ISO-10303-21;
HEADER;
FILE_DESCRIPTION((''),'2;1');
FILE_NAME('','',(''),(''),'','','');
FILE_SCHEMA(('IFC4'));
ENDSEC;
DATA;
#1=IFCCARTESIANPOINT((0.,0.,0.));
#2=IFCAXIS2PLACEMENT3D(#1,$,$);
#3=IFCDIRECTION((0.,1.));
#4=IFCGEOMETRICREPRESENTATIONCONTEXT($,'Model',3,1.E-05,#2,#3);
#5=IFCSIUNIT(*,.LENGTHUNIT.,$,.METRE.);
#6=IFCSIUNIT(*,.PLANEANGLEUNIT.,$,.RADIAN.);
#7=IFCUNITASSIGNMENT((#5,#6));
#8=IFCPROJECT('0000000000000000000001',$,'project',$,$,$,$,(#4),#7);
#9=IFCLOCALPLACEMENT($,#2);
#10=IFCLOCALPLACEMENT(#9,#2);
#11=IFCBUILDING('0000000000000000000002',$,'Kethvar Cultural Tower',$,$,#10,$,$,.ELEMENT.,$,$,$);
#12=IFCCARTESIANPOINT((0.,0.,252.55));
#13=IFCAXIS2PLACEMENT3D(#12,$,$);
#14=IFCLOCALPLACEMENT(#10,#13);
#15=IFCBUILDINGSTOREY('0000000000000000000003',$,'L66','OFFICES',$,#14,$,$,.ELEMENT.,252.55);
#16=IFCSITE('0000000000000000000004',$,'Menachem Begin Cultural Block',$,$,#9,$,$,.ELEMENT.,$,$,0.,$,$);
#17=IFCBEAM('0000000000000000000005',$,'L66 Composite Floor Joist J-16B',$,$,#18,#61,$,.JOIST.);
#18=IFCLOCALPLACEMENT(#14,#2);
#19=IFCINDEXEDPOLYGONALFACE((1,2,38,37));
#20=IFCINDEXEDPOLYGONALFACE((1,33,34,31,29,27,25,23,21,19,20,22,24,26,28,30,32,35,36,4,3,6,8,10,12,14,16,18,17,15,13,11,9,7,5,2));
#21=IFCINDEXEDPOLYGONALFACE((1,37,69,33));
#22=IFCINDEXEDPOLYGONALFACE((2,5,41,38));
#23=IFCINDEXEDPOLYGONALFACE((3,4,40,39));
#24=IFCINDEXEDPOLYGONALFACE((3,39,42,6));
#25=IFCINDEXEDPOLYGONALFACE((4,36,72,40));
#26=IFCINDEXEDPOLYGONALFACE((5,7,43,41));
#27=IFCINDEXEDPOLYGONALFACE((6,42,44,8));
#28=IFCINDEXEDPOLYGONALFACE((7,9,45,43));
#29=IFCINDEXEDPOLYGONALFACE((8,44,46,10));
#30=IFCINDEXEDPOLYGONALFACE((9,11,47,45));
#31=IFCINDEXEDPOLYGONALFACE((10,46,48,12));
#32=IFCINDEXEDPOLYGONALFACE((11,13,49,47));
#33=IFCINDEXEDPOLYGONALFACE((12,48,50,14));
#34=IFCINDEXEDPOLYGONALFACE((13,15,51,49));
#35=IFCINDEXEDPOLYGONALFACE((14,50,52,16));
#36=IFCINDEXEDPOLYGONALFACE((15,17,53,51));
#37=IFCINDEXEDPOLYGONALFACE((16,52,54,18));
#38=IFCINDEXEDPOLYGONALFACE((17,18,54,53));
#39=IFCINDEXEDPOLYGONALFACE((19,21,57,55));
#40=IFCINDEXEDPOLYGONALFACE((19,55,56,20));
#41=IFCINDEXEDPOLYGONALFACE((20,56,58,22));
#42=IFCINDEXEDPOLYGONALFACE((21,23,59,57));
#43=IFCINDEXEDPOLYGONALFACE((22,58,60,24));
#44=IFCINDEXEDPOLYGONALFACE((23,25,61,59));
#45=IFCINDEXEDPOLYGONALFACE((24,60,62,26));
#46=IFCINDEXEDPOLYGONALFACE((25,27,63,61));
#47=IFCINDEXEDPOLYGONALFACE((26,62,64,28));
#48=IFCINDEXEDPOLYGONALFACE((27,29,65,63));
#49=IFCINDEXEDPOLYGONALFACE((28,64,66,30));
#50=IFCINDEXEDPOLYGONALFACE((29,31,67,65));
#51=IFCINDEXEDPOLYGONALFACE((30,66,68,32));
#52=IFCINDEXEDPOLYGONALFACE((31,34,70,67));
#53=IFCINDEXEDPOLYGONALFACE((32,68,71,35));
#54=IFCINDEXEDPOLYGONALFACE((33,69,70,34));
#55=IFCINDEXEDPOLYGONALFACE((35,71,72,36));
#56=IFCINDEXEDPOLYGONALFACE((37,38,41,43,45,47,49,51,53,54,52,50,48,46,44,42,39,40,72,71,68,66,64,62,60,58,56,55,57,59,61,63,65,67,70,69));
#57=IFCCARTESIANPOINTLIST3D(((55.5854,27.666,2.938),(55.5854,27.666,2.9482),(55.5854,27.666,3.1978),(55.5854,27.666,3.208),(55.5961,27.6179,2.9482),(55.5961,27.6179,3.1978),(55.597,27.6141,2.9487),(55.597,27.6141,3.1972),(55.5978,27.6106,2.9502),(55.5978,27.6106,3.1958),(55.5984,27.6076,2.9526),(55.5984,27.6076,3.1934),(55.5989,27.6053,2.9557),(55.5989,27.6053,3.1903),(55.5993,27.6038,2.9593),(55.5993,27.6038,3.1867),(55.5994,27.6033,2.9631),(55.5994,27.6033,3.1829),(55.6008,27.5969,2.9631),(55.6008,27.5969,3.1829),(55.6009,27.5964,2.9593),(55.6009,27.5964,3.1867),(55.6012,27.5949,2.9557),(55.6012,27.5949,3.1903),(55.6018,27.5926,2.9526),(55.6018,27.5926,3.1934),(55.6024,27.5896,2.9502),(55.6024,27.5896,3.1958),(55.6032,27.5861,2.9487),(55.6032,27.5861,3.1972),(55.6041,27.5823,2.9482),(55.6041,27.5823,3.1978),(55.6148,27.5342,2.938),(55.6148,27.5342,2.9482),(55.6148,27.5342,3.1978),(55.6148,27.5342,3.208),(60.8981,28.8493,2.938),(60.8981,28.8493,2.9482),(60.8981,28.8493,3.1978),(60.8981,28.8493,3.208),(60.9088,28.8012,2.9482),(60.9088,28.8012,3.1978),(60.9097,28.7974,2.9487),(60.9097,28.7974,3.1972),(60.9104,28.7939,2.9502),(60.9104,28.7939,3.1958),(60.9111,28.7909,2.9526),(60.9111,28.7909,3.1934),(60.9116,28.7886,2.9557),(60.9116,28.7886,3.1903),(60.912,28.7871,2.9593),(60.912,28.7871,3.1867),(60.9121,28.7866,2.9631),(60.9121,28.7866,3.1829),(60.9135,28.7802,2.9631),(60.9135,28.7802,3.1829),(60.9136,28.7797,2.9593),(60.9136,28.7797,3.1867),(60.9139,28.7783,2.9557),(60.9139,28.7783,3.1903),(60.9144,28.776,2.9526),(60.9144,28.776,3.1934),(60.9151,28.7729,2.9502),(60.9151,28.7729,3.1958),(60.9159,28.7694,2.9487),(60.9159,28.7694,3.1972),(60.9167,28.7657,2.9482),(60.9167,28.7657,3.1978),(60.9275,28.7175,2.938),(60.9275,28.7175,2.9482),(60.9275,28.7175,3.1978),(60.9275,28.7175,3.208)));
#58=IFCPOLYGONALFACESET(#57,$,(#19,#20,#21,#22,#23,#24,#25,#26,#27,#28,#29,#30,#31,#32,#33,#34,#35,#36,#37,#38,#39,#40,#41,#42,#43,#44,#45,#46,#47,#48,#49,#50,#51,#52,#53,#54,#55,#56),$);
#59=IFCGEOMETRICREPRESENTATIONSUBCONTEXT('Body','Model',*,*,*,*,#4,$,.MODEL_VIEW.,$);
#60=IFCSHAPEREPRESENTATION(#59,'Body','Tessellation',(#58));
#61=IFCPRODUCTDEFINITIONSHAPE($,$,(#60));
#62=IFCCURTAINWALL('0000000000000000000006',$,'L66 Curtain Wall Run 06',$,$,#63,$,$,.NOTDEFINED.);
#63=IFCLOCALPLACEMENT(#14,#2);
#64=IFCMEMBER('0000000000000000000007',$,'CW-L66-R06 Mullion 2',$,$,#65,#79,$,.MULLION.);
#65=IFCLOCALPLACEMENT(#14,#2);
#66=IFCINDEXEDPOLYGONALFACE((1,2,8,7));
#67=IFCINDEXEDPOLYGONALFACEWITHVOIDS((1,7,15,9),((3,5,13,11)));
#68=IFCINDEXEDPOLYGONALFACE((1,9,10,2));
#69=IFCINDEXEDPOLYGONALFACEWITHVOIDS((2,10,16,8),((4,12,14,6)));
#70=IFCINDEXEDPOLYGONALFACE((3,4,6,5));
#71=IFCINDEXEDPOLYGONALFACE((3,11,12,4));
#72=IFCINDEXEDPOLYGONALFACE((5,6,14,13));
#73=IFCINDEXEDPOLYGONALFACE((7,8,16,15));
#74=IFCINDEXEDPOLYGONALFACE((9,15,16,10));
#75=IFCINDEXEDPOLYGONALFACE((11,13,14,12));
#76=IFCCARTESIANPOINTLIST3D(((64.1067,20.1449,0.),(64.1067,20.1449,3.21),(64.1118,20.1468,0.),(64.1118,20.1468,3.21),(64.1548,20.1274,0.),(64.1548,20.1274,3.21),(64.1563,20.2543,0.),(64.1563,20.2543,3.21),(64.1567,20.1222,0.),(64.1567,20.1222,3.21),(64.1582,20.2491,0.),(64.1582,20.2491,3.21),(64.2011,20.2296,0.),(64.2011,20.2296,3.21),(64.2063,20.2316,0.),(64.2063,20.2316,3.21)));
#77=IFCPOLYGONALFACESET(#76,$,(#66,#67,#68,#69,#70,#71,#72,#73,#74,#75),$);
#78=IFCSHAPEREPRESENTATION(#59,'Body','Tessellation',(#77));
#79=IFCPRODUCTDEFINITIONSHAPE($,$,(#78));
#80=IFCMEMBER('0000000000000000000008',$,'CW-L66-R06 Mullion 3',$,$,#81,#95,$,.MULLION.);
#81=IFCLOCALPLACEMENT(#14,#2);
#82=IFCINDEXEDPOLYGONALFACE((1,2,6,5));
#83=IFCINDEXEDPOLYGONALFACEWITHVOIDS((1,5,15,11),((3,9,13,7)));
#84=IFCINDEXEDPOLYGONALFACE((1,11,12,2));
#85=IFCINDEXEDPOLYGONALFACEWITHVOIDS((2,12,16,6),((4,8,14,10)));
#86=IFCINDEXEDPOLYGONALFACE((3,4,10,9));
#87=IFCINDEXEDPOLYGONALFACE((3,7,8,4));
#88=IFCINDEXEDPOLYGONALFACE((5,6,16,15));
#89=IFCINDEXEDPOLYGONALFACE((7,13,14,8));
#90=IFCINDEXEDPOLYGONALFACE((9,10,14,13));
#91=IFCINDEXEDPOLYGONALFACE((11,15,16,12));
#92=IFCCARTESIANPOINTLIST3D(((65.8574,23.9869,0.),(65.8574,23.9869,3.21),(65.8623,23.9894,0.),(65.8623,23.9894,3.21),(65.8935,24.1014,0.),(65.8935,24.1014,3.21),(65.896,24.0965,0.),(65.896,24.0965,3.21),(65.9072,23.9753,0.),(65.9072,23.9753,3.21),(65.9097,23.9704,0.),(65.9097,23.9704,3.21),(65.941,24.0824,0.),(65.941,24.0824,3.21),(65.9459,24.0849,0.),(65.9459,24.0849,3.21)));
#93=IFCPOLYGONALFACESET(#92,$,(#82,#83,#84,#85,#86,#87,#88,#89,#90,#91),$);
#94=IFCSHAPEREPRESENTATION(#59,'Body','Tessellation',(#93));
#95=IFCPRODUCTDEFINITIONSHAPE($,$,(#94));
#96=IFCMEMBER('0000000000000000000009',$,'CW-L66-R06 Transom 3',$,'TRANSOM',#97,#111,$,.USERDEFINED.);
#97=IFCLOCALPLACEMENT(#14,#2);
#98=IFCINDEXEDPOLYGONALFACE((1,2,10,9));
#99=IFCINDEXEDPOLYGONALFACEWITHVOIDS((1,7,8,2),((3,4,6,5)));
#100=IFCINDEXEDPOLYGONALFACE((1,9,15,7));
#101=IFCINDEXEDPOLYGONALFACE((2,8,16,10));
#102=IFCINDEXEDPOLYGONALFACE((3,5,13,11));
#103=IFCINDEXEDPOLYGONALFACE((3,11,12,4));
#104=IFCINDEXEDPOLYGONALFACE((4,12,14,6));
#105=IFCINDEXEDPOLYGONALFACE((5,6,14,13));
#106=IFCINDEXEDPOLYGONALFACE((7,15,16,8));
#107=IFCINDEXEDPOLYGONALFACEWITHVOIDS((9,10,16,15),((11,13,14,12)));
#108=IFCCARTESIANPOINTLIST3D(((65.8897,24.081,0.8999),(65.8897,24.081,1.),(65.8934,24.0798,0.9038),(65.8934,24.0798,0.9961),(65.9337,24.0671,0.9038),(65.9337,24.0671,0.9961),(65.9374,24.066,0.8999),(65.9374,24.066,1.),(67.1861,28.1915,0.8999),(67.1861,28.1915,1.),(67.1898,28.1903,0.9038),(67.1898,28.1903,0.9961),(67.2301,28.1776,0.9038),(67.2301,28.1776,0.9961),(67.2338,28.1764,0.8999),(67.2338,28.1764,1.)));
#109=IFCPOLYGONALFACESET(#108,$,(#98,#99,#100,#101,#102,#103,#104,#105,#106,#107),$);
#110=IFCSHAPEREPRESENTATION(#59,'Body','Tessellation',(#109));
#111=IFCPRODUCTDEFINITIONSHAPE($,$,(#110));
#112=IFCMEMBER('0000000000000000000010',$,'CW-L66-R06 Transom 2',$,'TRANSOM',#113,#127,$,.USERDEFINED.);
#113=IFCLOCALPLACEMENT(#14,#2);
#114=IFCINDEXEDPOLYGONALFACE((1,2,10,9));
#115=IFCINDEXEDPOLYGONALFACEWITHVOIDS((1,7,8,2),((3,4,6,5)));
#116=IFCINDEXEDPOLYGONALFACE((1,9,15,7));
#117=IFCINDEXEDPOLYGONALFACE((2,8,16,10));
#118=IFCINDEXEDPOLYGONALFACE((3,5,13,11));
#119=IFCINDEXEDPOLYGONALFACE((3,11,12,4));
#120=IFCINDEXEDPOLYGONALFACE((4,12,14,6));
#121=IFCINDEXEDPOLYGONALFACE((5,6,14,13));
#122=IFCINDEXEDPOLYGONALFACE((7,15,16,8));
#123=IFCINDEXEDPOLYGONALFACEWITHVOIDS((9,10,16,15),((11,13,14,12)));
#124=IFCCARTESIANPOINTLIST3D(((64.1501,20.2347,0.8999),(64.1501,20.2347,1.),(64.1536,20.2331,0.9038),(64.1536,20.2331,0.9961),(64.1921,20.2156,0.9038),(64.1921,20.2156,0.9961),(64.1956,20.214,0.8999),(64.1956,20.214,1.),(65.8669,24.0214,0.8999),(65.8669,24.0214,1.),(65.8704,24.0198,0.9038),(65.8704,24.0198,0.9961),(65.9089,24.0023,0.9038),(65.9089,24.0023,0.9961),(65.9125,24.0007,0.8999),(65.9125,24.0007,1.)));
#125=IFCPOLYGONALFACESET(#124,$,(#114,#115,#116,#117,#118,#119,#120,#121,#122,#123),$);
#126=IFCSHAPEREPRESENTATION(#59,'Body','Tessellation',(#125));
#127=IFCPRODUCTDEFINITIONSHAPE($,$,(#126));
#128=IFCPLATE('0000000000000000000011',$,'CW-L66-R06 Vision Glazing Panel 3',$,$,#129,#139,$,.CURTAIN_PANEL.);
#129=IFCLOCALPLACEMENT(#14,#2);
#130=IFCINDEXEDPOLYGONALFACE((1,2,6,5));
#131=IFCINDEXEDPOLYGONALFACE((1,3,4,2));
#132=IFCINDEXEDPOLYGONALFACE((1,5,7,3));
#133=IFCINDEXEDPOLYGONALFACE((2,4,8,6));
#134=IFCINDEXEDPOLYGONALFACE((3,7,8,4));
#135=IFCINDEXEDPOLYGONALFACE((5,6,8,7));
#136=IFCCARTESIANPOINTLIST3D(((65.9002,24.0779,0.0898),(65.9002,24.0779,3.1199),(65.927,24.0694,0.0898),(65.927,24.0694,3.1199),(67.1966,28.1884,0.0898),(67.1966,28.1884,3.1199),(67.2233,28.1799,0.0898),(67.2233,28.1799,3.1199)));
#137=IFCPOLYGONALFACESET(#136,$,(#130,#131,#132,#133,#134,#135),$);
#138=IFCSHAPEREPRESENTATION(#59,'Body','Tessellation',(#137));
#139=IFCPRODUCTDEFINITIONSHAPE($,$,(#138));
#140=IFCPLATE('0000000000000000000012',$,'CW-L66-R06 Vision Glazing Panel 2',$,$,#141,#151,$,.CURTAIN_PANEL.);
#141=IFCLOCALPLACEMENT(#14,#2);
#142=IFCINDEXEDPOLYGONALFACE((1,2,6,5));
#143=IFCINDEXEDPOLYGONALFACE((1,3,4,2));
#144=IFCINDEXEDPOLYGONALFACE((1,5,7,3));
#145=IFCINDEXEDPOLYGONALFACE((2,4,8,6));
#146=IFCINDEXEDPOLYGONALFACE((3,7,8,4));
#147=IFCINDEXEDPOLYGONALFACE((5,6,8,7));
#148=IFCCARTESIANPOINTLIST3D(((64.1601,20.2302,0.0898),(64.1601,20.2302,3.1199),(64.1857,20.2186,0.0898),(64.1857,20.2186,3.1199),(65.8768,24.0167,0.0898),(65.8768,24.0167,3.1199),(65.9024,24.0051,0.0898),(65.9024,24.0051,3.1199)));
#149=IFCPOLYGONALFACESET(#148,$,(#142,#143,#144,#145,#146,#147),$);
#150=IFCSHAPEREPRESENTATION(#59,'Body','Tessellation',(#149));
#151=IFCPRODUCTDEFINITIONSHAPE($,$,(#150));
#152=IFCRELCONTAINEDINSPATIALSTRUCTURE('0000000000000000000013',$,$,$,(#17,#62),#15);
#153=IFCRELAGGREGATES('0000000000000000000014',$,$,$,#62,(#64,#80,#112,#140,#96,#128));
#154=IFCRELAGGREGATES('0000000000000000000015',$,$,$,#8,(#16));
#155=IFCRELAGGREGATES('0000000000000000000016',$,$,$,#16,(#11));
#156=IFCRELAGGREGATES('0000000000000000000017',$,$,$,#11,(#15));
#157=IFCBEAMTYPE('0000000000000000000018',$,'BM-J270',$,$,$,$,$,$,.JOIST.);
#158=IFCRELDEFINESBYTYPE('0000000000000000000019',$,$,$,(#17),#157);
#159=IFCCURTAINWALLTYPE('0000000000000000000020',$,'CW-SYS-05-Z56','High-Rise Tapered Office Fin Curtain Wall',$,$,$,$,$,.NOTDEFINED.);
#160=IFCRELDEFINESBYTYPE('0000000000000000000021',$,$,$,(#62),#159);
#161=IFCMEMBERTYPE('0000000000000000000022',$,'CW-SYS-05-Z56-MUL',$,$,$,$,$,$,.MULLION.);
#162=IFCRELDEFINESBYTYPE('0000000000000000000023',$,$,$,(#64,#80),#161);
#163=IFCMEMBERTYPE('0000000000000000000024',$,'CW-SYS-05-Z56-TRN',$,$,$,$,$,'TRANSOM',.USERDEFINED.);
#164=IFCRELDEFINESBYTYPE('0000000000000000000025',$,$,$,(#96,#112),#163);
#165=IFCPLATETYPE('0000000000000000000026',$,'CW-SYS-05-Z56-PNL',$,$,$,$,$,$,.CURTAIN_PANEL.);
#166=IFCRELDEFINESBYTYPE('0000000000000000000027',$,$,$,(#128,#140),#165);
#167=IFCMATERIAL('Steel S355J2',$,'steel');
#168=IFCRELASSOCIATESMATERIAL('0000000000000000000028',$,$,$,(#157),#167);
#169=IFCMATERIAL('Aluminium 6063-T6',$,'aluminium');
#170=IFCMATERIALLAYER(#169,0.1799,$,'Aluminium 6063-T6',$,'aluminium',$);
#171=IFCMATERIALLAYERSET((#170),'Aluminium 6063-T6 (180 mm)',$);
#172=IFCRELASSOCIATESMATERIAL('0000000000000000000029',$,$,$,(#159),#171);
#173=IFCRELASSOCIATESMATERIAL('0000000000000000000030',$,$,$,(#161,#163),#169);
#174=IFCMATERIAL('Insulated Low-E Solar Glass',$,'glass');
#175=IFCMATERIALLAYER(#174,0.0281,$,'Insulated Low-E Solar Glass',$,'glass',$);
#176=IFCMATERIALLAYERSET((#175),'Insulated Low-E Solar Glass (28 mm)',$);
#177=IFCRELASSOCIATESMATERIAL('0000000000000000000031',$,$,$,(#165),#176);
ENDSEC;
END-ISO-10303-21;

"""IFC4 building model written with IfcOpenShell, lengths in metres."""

from ifc_helpers import new_model, si_unit, direction, frame, origin, origin_2d, place, context, subcontext, project, spatial, rectangle, hollow_rectangle, i_section, extrude, source, transform, mapped, material, layer, layer_set, material_profile, profile_set, type_object, element, aggregate, save


model = new_model("IFC4")

# Units and contexts
model_context = context("Model", 3, precision=1e-05, world=origin(), true_north=direction((0.0, 1.0)))
body_context = subcontext(model_context, "Body", "Model", "MODEL_VIEW")
ifc_project = project(units=[si_unit("LENGTHUNIT", "METRE"), si_unit("PLANEANGLEUNIT", "RADIAN")], contexts=[model_context])

# Site, building, storey
site_placement = place(None, origin())
site = spatial("IfcSite", under=ifc_project, at=site_placement, Name="Menachem Begin Cultural Block", CompositionType="ELEMENT", RefElevation=0.0)
building_placement = place(site_placement, origin())
building = spatial("IfcBuilding", under=site, at=building_placement, Name="Kethvar Cultural Tower", CompositionType="ELEMENT")
storey_placement = place(building_placement, frame((0.0, 0.0, 252.55)))
storey = spatial("IfcBuildingStorey", under=building, at=storey_placement, Name="L66", Description="OFFICES", CompositionType="ELEMENT", Elevation=252.55)

# Beam
ifc_material_1 = material(Name="Steel S355J2", Category="steel")
ifc_material_profile_1 = material_profile(ifc_material_1, i_section(OverallWidth=0.135, OverallDepth=0.27, WebThickness=0.0066, FlangeThickness=0.0103, FilletRadius=0.0149, at=origin_2d()), Name="Steel S355J2 — IPE270")
ifc_profile_set_1 = profile_set([ifc_material_profile_1], Name="Steel S355J2 — IPE270")
beam_type_1 = type_object("IfcBeamType", Name="BM-J270", PredefinedType="JOIST", material=ifc_profile_set_1)
shared_shape_1 = source(origin(), body_context, "Body", "SweptSolid", [
    extrude(i_section(OverallWidth=0.135, OverallDepth=0.27, WebThickness=0.0066, FlangeThickness=0.0103, FilletRadius=0.0149, at=origin_2d()), origin(), (0.0, 0.0, 1.0), 5.4429),
])
beam_1_placement = place(storey_placement, frame((55.6001, 27.6001, 3.073), z_axis=(0.97608, 0.21741, 0.0), x_axis=(-0.21741, 0.97608, 0.0)))
element("IfcBeam", 1, at=beam_1_placement, inside=storey, type_object=beam_type_1, Name="L66 Composite Floor Joist J-16B", PredefinedType="JOIST", context=body_context, shape_type="MappedRepresentation", body=[
    mapped(shared_shape_1, transform((0.0, 0.0, 0.0), scale=1.0)),
])

# Curtain wall, members, plates
ifc_material_2 = material(Name="Aluminium 6063-T6", Category="aluminium")
ifc_layer_1 = layer(ifc_material_2, 0.1799, Name="Aluminium 6063-T6", Category="aluminium")
ifc_layer_set_1 = layer_set([ifc_layer_1], Name="Aluminium 6063-T6 (180 mm)")
curtain_wall_type = type_object("IfcCurtainWallType", Name="CW-SYS-05-Z56", Description="High-Rise Tapered Office Fin Curtain Wall", PredefinedType="NOTDEFINED", material=ifc_layer_set_1)
curtain_wall_placement = place(storey_placement, origin())
curtain_wall = element("IfcCurtainWall", 2, at=curtain_wall_placement, inside=storey, type_object=curtain_wall_type, Name="L66 Curtain Wall Run 06", PredefinedType="NOTDEFINED")
ifc_material_profile_2 = material_profile(ifc_material_2, hollow_rectangle(XDim=0.0549, YDim=0.1201, WallThickness=0.0039, at=origin_2d()), Name="Aluminium 6063-T6 — RHS120x55x4")
ifc_profile_set_2 = profile_set([ifc_material_profile_2], Name="Aluminium 6063-T6 — RHS120x55x4")
member_type_1 = type_object("IfcMemberType", Name="CW-SYS-05-Z56-MUL", PredefinedType="MULLION", material=ifc_profile_set_2)
shared_shape_2 = source(origin(), body_context, "Body", "SweptSolid", [
    extrude(hollow_rectangle(XDim=0.0549, YDim=0.1201, WallThickness=0.0039, at=origin_2d()), origin(), (0.0, 0.0, 1.0), 3.21),
])
member_1_placement = place(storey_placement, frame((64.1565, 20.1882, 0.0), z_axis=(0.0, 0.0, 1.0), x_axis=(-0.910763, 0.41293, 0.0)))
member_1 = element("IfcMember", 3, at=member_1_placement, type_object=member_type_1, Name="CW-L66-R06 Mullion 2", PredefinedType="MULLION", context=body_context, shape_type="MappedRepresentation", body=[
    mapped(shared_shape_2, transform((0.0, 0.0, 0.0), scale=1.0)),
])
member_2_placement = place(storey_placement, frame((65.9016, 24.0359, 0.0), z_axis=(0.0, 0.0, 1.0), x_axis=(-0.953696, 0.300772, 0.0)))
member_2 = element("IfcMember", 4, at=member_2_placement, type_object=member_type_1, Name="CW-L66-R06 Mullion 3", PredefinedType="MULLION", context=body_context, shape_type="MappedRepresentation", body=[
    mapped(shared_shape_2, transform((0.0, 0.0, 0.0), scale=1.0)),
])
ifc_material_profile_3 = material_profile(ifc_material_2, hollow_rectangle(XDim=0.05, YDim=0.1001, WallThickness=0.0039, at=origin_2d()), Name="Aluminium 6063-T6 — RHS100x50x4")
ifc_profile_set_3 = profile_set([ifc_material_profile_3], Name="Aluminium 6063-T6 — RHS100x50x4")
member_type_2 = type_object("IfcMemberType", Name="CW-SYS-05-Z56-TRN", ElementType="TRANSOM", PredefinedType="USERDEFINED", material=ifc_profile_set_3)
shared_shape_3 = source(origin(), body_context, "Body", "SweptSolid", [
    extrude(hollow_rectangle(XDim=0.05, YDim=0.1001, WallThickness=0.0039, at=origin_2d()), origin(), (0.0, 0.0, 1.0), 4.3101),
])
member_3_placement = place(storey_placement, frame((65.9136, 24.0735, 0.95), z_axis=(0.300774, 0.953696, 0.0), x_axis=(-0.953696, 0.300774, 0.0)))
member_3 = element("IfcMember", 5, at=member_3_placement, type_object=member_type_2, Name="CW-L66-R06 Transom 3", ObjectType="TRANSOM", PredefinedType="USERDEFINED", context=body_context, shape_type="MappedRepresentation", body=[
    mapped(shared_shape_3, transform((0.0, 0.0, 0.0), scale=1.0)),
])
shared_shape_4 = source(origin(), body_context, "Body", "SweptSolid", [
    extrude(hollow_rectangle(XDim=0.05, YDim=0.1001, WallThickness=0.0039, at=origin_2d()), origin(), (0.0, 0.0, 1.0), 4.1577),
])
member_4_placement = place(storey_placement, frame((64.1729, 20.2244, 0.95), z_axis=(0.412927, 0.910764, 0.0), x_axis=(-0.910764, 0.412927, 0.0)))
member_4 = element("IfcMember", 6, at=member_4_placement, type_object=member_type_2, Name="CW-L66-R06 Transom 2", ObjectType="TRANSOM", PredefinedType="USERDEFINED", context=body_context, shape_type="MappedRepresentation", body=[
    mapped(shared_shape_4, transform((0.0, 0.0, 0.0), scale=1.0)),
])
ifc_material_3 = material(Name="Insulated Low-E Solar Glass", Category="glass")
ifc_layer_2 = layer(ifc_material_3, 0.0281, Name="Insulated Low-E Solar Glass", Category="glass")
ifc_layer_set_2 = layer_set([ifc_layer_2], Name="Insulated Low-E Solar Glass (28 mm)")
plate_type = type_object("IfcPlateType", Name="CW-SYS-05-Z56-PNL", PredefinedType="CURTAIN_PANEL", material=ifc_layer_set_2)
shared_shape_5 = source(origin(), body_context, "Body", "SweptSolid", [
    extrude(rectangle(XDim=4.3101, YDim=0.0281, at=origin_2d()), origin(), (0.0, 0.0, 1.0), 3.03),
])
plate_1_placement = place(storey_placement, frame((66.5618, 26.1289, 0.0898), z_axis=(0.0, 0.0, 1.0), x_axis=(0.300772, 0.953696, 0.0)))
plate_1 = element("IfcPlate", 7, at=plate_1_placement, type_object=plate_type, Name="CW-L66-R06 Vision Glazing Panel 3", PredefinedType="CURTAIN_PANEL", context=body_context, shape_type="MappedRepresentation", body=[
    mapped(shared_shape_5, transform((0.0, 0.0, 0.0), scale=1.0)),
])
shared_shape_6 = source(origin(), body_context, "Body", "SweptSolid", [
    extrude(rectangle(XDim=4.1575, YDim=0.0281, at=origin_2d()), origin(), (0.0, 0.0, 1.0), 3.03),
])
plate_2_placement = place(storey_placement, frame((65.0312, 22.1177, 0.0898), z_axis=(0.0, 0.0, 1.0), x_axis=(0.41293, 0.910763, 0.0)))
plate_2 = element("IfcPlate", 8, at=plate_2_placement, type_object=plate_type, Name="CW-L66-R06 Vision Glazing Panel 2", PredefinedType="CURTAIN_PANEL", context=body_context, shape_type="MappedRepresentation", body=[
    mapped(shared_shape_6, transform((0.0, 0.0, 0.0), scale=1.0)),
])
aggregate(curtain_wall, [member_1, member_2, member_4, plate_2, member_3, plate_1])

save(model, "model.ifc")
